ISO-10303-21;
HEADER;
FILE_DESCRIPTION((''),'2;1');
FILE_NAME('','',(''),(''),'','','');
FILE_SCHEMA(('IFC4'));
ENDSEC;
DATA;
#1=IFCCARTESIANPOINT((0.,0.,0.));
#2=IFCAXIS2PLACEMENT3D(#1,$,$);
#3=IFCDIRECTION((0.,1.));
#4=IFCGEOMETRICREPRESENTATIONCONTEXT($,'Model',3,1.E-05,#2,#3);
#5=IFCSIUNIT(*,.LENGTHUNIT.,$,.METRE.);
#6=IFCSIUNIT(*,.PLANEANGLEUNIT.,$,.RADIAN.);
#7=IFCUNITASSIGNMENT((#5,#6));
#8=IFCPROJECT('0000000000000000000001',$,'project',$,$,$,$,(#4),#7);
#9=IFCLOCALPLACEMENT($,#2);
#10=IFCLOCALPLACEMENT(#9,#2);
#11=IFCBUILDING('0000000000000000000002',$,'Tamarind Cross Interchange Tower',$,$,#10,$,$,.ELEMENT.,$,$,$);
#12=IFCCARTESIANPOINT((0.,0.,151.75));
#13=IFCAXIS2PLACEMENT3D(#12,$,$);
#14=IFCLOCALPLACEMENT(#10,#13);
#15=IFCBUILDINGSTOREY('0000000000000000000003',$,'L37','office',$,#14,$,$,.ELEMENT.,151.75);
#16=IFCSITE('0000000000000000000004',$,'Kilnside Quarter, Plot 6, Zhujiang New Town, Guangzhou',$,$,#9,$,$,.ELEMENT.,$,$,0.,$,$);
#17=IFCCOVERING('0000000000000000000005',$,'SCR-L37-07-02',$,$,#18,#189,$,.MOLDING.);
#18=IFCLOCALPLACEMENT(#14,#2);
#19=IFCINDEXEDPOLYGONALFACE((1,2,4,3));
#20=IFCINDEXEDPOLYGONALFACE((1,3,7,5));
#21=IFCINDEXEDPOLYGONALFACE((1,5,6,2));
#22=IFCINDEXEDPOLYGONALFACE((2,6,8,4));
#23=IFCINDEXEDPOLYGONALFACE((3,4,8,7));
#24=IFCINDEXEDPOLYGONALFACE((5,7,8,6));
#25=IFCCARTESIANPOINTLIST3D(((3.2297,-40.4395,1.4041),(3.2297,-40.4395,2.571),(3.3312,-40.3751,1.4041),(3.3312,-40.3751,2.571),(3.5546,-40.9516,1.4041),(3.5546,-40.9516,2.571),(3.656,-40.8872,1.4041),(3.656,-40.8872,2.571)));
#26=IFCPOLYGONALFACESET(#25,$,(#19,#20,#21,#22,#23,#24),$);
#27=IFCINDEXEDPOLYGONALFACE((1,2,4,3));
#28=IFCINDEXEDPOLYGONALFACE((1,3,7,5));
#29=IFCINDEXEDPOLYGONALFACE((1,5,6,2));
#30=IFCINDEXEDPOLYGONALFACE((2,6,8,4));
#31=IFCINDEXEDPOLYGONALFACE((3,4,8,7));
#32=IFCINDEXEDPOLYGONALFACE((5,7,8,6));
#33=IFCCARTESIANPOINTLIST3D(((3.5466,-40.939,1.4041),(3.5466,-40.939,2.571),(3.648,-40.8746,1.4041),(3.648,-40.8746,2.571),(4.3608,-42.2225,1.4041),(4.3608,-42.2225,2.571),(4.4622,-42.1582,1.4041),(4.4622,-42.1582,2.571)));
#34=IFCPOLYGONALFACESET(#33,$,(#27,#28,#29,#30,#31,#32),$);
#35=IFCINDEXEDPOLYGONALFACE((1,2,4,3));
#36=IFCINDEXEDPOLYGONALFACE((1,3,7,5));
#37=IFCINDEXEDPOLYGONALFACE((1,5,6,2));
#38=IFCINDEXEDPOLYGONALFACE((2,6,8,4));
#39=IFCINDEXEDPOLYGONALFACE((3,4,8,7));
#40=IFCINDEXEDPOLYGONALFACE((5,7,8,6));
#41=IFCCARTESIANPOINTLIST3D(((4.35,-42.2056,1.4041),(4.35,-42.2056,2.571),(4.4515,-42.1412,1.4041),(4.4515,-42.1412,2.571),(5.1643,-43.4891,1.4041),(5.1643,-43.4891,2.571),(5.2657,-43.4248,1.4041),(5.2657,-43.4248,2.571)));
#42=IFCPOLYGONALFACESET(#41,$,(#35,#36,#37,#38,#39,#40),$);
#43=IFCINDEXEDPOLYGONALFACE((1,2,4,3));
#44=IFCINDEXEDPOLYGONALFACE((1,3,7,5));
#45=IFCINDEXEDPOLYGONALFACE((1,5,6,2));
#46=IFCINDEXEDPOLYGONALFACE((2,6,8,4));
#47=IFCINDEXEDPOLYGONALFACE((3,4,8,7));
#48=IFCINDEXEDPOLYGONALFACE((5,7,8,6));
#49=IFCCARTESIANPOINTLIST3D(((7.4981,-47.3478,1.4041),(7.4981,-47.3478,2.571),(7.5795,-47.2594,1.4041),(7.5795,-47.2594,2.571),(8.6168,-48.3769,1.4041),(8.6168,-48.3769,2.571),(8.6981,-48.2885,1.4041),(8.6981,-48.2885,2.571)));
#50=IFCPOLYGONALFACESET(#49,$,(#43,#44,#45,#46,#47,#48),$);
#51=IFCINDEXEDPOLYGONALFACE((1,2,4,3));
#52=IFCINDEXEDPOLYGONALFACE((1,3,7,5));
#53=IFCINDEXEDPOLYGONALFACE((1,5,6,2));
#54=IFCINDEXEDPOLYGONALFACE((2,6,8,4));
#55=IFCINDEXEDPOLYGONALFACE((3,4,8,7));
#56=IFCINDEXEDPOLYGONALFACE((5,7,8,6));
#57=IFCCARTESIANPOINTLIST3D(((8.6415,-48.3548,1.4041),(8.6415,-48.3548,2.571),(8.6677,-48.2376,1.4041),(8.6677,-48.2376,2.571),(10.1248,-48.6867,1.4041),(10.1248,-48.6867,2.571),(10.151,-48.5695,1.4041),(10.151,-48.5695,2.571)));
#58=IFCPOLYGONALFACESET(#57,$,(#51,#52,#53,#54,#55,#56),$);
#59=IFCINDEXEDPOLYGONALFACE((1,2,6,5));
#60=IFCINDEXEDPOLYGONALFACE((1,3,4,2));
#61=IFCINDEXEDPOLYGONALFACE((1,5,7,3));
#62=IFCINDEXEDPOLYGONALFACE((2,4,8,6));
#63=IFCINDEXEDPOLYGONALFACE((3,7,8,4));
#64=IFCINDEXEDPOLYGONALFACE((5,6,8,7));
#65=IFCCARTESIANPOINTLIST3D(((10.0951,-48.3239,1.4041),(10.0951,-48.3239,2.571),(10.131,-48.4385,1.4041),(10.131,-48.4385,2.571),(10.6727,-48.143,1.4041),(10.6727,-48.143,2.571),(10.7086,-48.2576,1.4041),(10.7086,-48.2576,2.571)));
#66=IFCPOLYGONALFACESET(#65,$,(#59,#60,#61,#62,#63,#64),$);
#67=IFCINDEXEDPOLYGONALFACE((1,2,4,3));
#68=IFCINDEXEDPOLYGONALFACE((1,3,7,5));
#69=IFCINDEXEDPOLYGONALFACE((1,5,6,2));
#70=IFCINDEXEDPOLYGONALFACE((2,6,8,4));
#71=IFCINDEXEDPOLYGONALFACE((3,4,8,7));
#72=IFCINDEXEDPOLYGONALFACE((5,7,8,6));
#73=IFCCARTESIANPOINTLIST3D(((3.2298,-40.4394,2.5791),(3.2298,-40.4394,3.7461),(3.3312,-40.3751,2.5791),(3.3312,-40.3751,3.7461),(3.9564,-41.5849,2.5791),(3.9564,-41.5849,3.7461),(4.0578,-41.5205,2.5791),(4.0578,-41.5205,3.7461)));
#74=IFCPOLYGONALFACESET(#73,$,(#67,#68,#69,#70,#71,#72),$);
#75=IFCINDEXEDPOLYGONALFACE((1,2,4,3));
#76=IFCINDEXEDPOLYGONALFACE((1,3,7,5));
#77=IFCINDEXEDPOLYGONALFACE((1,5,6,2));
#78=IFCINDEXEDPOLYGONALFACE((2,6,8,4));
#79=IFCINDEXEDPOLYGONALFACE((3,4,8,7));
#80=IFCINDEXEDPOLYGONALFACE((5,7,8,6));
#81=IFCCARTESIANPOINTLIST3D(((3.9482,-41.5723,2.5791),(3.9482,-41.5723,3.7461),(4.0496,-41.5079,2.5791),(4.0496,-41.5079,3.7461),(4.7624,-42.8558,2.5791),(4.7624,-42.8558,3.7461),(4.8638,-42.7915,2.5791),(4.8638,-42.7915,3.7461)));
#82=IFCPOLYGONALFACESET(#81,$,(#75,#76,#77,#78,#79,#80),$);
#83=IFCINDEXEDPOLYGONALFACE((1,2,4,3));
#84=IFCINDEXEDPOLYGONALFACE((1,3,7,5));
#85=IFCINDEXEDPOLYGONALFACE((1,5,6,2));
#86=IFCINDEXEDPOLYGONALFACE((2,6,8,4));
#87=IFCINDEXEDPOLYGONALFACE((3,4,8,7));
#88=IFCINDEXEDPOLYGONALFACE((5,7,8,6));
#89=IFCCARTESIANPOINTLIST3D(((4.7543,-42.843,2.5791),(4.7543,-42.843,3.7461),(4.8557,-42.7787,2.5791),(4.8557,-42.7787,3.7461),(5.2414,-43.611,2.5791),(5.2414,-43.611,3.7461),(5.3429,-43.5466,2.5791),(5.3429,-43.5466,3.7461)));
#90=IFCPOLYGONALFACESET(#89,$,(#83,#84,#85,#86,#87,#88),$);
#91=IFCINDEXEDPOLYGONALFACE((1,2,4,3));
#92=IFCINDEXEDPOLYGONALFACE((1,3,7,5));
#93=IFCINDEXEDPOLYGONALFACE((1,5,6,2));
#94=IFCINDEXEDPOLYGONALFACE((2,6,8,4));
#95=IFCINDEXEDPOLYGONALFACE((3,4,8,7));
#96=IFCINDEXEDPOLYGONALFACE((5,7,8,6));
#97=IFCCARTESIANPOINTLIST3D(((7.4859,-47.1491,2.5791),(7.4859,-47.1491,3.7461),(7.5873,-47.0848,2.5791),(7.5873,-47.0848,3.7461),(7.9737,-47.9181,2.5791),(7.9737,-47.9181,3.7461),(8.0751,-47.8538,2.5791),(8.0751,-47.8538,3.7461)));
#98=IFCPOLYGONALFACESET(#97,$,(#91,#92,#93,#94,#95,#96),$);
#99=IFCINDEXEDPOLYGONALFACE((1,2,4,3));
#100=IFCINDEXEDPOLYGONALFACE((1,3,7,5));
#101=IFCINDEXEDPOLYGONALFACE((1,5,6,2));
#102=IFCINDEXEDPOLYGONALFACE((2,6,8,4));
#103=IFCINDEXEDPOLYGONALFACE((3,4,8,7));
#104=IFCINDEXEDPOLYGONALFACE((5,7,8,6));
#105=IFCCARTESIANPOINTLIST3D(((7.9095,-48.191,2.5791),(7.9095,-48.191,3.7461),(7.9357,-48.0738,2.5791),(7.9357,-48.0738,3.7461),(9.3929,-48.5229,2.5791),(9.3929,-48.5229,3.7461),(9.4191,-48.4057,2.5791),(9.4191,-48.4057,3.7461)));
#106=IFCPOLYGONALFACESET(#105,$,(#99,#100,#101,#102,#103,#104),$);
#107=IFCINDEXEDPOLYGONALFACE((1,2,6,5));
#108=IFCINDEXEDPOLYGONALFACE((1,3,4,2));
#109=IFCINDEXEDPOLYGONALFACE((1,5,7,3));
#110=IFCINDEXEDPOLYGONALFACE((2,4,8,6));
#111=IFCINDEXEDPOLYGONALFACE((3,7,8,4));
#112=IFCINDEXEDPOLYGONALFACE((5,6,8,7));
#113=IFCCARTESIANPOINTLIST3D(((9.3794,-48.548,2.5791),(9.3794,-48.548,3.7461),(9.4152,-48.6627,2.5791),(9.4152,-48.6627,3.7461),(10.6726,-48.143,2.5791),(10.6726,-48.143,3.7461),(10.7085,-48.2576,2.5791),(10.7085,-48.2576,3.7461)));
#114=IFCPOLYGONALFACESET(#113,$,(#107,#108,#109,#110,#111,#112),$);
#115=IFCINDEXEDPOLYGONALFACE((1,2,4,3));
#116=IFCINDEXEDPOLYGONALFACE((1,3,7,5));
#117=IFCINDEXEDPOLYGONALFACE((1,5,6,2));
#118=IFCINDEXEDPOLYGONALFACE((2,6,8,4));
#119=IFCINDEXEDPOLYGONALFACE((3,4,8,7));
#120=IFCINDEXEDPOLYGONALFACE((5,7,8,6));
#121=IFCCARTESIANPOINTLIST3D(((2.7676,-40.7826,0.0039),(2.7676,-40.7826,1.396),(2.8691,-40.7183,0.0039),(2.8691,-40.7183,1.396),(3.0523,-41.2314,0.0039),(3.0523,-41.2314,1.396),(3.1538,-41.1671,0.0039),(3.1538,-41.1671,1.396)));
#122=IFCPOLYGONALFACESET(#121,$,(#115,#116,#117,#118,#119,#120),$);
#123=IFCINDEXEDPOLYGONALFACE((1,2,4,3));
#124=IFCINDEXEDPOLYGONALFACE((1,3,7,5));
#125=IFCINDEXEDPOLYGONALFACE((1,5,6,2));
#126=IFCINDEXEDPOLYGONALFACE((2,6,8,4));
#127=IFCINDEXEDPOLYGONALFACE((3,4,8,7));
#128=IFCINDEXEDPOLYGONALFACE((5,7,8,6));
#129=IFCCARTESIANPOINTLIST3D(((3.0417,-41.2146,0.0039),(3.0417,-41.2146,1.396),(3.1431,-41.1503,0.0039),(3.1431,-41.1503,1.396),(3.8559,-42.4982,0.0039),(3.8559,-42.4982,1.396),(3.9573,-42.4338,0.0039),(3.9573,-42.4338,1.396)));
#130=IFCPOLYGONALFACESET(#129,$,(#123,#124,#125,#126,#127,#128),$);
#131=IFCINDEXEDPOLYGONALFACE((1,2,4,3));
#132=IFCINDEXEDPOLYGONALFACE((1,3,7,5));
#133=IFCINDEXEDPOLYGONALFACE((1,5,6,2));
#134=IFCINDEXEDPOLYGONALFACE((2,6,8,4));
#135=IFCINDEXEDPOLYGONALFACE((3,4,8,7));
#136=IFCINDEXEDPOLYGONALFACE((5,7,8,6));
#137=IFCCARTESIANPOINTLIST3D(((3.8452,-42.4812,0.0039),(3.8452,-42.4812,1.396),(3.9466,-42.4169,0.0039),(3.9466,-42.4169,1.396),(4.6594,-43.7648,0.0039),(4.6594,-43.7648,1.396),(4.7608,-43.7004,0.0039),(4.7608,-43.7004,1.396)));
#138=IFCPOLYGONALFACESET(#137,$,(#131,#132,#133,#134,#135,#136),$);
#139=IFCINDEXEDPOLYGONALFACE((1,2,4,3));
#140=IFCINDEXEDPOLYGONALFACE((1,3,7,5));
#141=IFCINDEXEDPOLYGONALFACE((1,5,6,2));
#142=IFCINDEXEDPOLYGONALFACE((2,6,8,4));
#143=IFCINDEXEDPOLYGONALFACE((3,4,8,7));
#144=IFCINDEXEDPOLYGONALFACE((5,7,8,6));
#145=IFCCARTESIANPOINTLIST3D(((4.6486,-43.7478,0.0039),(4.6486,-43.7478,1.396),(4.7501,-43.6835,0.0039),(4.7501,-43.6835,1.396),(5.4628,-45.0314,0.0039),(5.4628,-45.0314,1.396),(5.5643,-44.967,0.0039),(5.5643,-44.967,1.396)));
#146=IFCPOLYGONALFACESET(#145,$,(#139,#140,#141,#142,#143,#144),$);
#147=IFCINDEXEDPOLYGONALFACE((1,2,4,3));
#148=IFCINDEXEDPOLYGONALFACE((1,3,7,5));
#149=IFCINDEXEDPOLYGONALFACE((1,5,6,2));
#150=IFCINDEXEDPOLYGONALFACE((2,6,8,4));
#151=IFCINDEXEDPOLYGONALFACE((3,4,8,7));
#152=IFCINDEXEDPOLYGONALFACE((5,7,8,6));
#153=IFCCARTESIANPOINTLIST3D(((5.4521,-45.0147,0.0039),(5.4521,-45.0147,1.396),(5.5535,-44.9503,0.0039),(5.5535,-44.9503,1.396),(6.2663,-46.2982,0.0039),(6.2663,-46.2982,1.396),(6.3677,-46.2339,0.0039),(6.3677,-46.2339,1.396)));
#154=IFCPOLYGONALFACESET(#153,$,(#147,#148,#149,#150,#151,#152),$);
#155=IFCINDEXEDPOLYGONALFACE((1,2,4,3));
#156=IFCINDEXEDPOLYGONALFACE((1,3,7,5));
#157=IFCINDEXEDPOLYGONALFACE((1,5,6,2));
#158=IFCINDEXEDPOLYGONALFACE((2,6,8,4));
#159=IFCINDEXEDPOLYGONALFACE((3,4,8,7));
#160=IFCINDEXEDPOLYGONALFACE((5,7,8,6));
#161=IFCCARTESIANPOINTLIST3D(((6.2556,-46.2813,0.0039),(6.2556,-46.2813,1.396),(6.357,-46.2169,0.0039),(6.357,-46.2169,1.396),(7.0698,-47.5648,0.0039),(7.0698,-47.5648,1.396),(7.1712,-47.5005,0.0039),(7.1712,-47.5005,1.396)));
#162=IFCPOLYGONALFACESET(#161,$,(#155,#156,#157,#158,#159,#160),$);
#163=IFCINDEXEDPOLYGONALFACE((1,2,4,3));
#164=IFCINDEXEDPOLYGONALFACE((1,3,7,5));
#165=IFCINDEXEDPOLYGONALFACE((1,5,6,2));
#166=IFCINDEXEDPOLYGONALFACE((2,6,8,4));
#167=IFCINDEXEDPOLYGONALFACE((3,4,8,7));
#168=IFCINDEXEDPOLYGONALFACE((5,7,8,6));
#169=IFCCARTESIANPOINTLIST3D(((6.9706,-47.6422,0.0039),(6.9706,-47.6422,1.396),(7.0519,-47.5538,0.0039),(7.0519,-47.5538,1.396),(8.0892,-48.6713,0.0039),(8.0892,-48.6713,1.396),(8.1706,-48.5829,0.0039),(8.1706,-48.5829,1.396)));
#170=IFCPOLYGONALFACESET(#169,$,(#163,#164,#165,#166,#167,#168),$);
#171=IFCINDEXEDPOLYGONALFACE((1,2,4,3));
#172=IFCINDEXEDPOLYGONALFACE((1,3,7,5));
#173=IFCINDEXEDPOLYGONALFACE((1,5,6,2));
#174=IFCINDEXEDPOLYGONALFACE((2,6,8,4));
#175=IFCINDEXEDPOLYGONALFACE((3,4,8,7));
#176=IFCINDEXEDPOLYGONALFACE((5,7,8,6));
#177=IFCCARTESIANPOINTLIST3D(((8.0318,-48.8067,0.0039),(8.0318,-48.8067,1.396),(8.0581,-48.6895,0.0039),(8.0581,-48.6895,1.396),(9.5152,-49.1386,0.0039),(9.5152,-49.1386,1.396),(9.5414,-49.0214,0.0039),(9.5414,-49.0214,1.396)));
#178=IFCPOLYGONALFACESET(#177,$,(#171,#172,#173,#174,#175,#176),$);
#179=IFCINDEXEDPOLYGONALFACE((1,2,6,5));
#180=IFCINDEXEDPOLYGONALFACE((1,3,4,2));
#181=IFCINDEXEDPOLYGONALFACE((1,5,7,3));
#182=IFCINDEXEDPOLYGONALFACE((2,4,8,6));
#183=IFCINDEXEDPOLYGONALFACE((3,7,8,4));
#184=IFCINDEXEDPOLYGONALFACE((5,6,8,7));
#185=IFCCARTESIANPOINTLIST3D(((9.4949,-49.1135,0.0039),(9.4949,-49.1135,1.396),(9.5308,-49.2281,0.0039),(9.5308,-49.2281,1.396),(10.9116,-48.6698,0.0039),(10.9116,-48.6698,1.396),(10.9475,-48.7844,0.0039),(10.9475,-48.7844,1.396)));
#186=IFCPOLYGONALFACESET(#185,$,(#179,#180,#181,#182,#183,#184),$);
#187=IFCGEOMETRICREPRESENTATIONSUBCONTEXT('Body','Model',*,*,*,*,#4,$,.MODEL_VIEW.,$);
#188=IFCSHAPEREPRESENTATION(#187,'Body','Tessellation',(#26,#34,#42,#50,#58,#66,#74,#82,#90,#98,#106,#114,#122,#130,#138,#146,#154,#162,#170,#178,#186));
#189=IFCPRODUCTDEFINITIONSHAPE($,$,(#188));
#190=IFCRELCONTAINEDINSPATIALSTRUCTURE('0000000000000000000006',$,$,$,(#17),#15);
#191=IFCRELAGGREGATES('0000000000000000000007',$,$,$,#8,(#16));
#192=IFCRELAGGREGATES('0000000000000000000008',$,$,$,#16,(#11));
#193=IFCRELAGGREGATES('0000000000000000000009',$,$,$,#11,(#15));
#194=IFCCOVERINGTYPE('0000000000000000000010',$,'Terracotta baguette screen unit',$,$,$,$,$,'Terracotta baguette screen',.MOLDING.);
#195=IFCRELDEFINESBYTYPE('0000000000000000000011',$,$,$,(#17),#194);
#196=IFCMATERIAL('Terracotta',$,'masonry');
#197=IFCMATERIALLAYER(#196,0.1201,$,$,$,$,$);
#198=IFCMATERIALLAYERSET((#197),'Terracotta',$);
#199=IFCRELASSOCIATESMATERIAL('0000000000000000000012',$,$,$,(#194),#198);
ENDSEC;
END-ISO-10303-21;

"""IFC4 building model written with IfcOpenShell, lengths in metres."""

from ifc_helpers import new_model, si_unit, direction, frame, origin, origin_2d, place, context, subcontext, project, spatial, rectangle, extrude, material, layer, layer_set, type_object, element, save


model = new_model("IFC4")

# Units and contexts
model_context = context("Model", 3, precision=1e-05, world=origin(), true_north=direction((0.0, 1.0)))
body_context = subcontext(model_context, "Body", "Model", "MODEL_VIEW")
ifc_project = project(units=[si_unit("LENGTHUNIT", "METRE"), si_unit("PLANEANGLEUNIT", "RADIAN")], contexts=[model_context])

# Site, building, storey
site_placement = place(None, origin())
site = spatial("IfcSite", under=ifc_project, at=site_placement, Name="Kilnside Quarter, Plot 6, Zhujiang New Town, Guangzhou", CompositionType="ELEMENT", RefElevation=0.0)
building_placement = place(site_placement, origin())
building = spatial("IfcBuilding", under=site, at=building_placement, Name="Tamarind Cross Interchange Tower", CompositionType="ELEMENT")
storey_placement = place(building_placement, frame((0.0, 0.0, 151.75)))
storey = spatial("IfcBuildingStorey", under=building, at=storey_placement, Name="L37", Description="office", CompositionType="ELEMENT", Elevation=151.75)

# Covering
ifc_material_1 = material(Name="Terracotta", Category="masonry")
ifc_layer_1 = layer(ifc_material_1, 0.1201)
ifc_layer_set_1 = layer_set([ifc_layer_1], Name="Terracotta")
covering_type = type_object("IfcCoveringType", Name="Terracotta baguette screen unit", ElementType="Terracotta baguette screen", PredefinedType="MOLDING", material=ifc_layer_set_1)
covering_1_placement = place(storey_placement, origin())
element("IfcCovering", 1, at=covering_1_placement, inside=storey, type_object=covering_type, Name="SCR-L37-07-02", PredefinedType="MOLDING", context=body_context, shape_type="SweptSolid", body=[
    extrude(rectangle(XDim=0.6064, YDim=0.1201, at=origin_2d()), frame((3.4429, -40.6633, 1.4041), z_axis=(0.0, 0.0, 1.0), x_axis=(0.535662, -0.844433, 0.0)), (0.0, 0.0, 1.0), 1.167),
    extrude(rectangle(XDim=1.52, YDim=0.1201, at=origin_2d()), frame((4.0044, -41.5486, 1.4041), z_axis=(0.0, 0.0, 1.0), x_axis=(0.535662, -0.844433, 0.0)), (0.0, 0.0, 1.0), 1.167),
    extrude(rectangle(XDim=1.52, YDim=0.1201, at=origin_2d()), frame((4.8079, -42.8152, 1.4041), z_axis=(0.0, 0.0, 1.0), x_axis=(0.535662, -0.844433, 0.0)), (0.0, 0.0, 1.0), 1.167),
    extrude(rectangle(XDim=1.52, YDim=0.1201, at=origin_2d()), frame((8.0981, -47.8181, 1.4041), z_axis=(0.0, 0.0, 1.0), x_axis=(0.735965, -0.67702, 0.0)), (0.0, 0.0, 1.0), 1.167),
    extrude(rectangle(XDim=1.52, YDim=0.1201, at=origin_2d()), frame((9.3962, -48.4622, 1.4041), z_axis=(0.0, 0.0, 1.0), x_axis=(0.975874, -0.218334, 0.0)), (0.0, 0.0, 1.0), 1.167),
    extrude(rectangle(XDim=0.6052, YDim=0.1201, at=origin_2d()), frame((10.4019, -48.2908, 1.4041), z_axis=(0.0, 0.0, 1.0), x_axis=(0.954299, 0.298854, 0.0)), (0.0, 0.0, 1.0), 1.167),
    extrude(rectangle(XDim=1.3564, YDim=0.1201, at=origin_2d()), frame((3.6438, -40.98, 2.5791), z_axis=(0.0, 0.0, 1.0), x_axis=(0.535662, -0.844433, 0.0)), (0.0, 0.0, 1.0), 1.167),
    extrude(rectangle(XDim=1.52, YDim=0.1201, at=origin_2d()), frame((4.406, -42.1819, 2.5791), z_axis=(0.0, 0.0, 1.0), x_axis=(0.535662, -0.844433, 0.0)), (0.0, 0.0, 1.0), 1.167),
    extrude(rectangle(XDim=0.9094, YDim=0.1201, at=origin_2d()), frame((5.0486, -43.1948, 2.5791), z_axis=(0.0, 0.0, 1.0), x_axis=(0.535662, -0.844433, 0.0)), (0.0, 0.0, 1.0), 1.167),
    extrude(rectangle(XDim=0.9106, YDim=0.1201, at=origin_2d()), frame((7.7805, -47.5015, 2.5791), z_axis=(0.0, 0.0, 1.0), x_axis=(0.535662, -0.844433, 0.0)), (0.0, 0.0, 1.0), 1.167),
    extrude(rectangle(XDim=1.52, YDim=0.1201, at=origin_2d()), frame((8.6643, -48.2983, 2.5791), z_axis=(0.0, 0.0, 1.0), x_axis=(0.975874, -0.218334, 0.0)), (0.0, 0.0, 1.0), 1.167),
    extrude(rectangle(XDim=1.3552, YDim=0.1201, at=origin_2d()), frame((10.0439, -48.4028, 2.5791), z_axis=(0.0, 0.0, 1.0), x_axis=(0.954299, 0.298854, 0.0)), (0.0, 0.0, 1.0), 1.167),
    extrude(rectangle(XDim=0.5315, YDim=0.1201, at=origin_2d()), frame((2.9607, -40.9749, 0.0039), z_axis=(0.0, 0.0, 1.0), x_axis=(0.535662, -0.844433, 0.0)), (0.0, 0.0, 1.0), 1.3921),
    extrude(rectangle(XDim=1.52, YDim=0.1201, at=origin_2d()), frame((3.4995, -41.8242, 0.0039), z_axis=(0.0, 0.0, 1.0), x_axis=(0.535662, -0.844433, 0.0)), (0.0, 0.0, 1.0), 1.3921),
    extrude(rectangle(XDim=1.52, YDim=0.1201, at=origin_2d()), frame((4.303, -43.0908, 0.0039), z_axis=(0.0, 0.0, 1.0), x_axis=(0.535662, -0.844433, 0.0)), (0.0, 0.0, 1.0), 1.3921),
    extrude(rectangle(XDim=1.52, YDim=0.1201, at=origin_2d()), frame((5.1064, -44.3574, 0.0039), z_axis=(0.0, 0.0, 1.0), x_axis=(0.535662, -0.844433, 0.0)), (0.0, 0.0, 1.0), 1.3921),
    extrude(rectangle(XDim=1.52, YDim=0.1201, at=origin_2d()), frame((5.9099, -45.6243, 0.0039), z_axis=(0.0, 0.0, 1.0), x_axis=(0.535662, -0.844433, 0.0)), (0.0, 0.0, 1.0), 1.3921),
    extrude(rectangle(XDim=1.52, YDim=0.1201, at=origin_2d()), frame((6.7134, -46.8909, 0.0039), z_axis=(0.0, 0.0, 1.0), x_axis=(0.535662, -0.844433, 0.0)), (0.0, 0.0, 1.0), 1.3921),
    extrude(rectangle(XDim=1.52, YDim=0.1201, at=origin_2d()), frame((7.5706, -48.1125, 0.0039), z_axis=(0.0, 0.0, 1.0), x_axis=(0.735965, -0.67702, 0.0)), (0.0, 0.0, 1.0), 1.3921),
    extrude(rectangle(XDim=1.52, YDim=0.1201, at=origin_2d()), frame((8.7866, -48.9141, 0.0039), z_axis=(0.0, 0.0, 1.0), x_axis=(0.975874, -0.218334, 0.0)), (0.0, 0.0, 1.0), 1.3921),
    extrude(rectangle(XDim=1.4846, YDim=0.1201, at=origin_2d()), frame((10.2212, -48.949, 0.0039), z_axis=(0.0, 0.0, 1.0), x_axis=(0.954299, 0.298854, 0.0)), (0.0, 0.0, 1.0), 1.3921),
])

save(model, "model.ifc")
